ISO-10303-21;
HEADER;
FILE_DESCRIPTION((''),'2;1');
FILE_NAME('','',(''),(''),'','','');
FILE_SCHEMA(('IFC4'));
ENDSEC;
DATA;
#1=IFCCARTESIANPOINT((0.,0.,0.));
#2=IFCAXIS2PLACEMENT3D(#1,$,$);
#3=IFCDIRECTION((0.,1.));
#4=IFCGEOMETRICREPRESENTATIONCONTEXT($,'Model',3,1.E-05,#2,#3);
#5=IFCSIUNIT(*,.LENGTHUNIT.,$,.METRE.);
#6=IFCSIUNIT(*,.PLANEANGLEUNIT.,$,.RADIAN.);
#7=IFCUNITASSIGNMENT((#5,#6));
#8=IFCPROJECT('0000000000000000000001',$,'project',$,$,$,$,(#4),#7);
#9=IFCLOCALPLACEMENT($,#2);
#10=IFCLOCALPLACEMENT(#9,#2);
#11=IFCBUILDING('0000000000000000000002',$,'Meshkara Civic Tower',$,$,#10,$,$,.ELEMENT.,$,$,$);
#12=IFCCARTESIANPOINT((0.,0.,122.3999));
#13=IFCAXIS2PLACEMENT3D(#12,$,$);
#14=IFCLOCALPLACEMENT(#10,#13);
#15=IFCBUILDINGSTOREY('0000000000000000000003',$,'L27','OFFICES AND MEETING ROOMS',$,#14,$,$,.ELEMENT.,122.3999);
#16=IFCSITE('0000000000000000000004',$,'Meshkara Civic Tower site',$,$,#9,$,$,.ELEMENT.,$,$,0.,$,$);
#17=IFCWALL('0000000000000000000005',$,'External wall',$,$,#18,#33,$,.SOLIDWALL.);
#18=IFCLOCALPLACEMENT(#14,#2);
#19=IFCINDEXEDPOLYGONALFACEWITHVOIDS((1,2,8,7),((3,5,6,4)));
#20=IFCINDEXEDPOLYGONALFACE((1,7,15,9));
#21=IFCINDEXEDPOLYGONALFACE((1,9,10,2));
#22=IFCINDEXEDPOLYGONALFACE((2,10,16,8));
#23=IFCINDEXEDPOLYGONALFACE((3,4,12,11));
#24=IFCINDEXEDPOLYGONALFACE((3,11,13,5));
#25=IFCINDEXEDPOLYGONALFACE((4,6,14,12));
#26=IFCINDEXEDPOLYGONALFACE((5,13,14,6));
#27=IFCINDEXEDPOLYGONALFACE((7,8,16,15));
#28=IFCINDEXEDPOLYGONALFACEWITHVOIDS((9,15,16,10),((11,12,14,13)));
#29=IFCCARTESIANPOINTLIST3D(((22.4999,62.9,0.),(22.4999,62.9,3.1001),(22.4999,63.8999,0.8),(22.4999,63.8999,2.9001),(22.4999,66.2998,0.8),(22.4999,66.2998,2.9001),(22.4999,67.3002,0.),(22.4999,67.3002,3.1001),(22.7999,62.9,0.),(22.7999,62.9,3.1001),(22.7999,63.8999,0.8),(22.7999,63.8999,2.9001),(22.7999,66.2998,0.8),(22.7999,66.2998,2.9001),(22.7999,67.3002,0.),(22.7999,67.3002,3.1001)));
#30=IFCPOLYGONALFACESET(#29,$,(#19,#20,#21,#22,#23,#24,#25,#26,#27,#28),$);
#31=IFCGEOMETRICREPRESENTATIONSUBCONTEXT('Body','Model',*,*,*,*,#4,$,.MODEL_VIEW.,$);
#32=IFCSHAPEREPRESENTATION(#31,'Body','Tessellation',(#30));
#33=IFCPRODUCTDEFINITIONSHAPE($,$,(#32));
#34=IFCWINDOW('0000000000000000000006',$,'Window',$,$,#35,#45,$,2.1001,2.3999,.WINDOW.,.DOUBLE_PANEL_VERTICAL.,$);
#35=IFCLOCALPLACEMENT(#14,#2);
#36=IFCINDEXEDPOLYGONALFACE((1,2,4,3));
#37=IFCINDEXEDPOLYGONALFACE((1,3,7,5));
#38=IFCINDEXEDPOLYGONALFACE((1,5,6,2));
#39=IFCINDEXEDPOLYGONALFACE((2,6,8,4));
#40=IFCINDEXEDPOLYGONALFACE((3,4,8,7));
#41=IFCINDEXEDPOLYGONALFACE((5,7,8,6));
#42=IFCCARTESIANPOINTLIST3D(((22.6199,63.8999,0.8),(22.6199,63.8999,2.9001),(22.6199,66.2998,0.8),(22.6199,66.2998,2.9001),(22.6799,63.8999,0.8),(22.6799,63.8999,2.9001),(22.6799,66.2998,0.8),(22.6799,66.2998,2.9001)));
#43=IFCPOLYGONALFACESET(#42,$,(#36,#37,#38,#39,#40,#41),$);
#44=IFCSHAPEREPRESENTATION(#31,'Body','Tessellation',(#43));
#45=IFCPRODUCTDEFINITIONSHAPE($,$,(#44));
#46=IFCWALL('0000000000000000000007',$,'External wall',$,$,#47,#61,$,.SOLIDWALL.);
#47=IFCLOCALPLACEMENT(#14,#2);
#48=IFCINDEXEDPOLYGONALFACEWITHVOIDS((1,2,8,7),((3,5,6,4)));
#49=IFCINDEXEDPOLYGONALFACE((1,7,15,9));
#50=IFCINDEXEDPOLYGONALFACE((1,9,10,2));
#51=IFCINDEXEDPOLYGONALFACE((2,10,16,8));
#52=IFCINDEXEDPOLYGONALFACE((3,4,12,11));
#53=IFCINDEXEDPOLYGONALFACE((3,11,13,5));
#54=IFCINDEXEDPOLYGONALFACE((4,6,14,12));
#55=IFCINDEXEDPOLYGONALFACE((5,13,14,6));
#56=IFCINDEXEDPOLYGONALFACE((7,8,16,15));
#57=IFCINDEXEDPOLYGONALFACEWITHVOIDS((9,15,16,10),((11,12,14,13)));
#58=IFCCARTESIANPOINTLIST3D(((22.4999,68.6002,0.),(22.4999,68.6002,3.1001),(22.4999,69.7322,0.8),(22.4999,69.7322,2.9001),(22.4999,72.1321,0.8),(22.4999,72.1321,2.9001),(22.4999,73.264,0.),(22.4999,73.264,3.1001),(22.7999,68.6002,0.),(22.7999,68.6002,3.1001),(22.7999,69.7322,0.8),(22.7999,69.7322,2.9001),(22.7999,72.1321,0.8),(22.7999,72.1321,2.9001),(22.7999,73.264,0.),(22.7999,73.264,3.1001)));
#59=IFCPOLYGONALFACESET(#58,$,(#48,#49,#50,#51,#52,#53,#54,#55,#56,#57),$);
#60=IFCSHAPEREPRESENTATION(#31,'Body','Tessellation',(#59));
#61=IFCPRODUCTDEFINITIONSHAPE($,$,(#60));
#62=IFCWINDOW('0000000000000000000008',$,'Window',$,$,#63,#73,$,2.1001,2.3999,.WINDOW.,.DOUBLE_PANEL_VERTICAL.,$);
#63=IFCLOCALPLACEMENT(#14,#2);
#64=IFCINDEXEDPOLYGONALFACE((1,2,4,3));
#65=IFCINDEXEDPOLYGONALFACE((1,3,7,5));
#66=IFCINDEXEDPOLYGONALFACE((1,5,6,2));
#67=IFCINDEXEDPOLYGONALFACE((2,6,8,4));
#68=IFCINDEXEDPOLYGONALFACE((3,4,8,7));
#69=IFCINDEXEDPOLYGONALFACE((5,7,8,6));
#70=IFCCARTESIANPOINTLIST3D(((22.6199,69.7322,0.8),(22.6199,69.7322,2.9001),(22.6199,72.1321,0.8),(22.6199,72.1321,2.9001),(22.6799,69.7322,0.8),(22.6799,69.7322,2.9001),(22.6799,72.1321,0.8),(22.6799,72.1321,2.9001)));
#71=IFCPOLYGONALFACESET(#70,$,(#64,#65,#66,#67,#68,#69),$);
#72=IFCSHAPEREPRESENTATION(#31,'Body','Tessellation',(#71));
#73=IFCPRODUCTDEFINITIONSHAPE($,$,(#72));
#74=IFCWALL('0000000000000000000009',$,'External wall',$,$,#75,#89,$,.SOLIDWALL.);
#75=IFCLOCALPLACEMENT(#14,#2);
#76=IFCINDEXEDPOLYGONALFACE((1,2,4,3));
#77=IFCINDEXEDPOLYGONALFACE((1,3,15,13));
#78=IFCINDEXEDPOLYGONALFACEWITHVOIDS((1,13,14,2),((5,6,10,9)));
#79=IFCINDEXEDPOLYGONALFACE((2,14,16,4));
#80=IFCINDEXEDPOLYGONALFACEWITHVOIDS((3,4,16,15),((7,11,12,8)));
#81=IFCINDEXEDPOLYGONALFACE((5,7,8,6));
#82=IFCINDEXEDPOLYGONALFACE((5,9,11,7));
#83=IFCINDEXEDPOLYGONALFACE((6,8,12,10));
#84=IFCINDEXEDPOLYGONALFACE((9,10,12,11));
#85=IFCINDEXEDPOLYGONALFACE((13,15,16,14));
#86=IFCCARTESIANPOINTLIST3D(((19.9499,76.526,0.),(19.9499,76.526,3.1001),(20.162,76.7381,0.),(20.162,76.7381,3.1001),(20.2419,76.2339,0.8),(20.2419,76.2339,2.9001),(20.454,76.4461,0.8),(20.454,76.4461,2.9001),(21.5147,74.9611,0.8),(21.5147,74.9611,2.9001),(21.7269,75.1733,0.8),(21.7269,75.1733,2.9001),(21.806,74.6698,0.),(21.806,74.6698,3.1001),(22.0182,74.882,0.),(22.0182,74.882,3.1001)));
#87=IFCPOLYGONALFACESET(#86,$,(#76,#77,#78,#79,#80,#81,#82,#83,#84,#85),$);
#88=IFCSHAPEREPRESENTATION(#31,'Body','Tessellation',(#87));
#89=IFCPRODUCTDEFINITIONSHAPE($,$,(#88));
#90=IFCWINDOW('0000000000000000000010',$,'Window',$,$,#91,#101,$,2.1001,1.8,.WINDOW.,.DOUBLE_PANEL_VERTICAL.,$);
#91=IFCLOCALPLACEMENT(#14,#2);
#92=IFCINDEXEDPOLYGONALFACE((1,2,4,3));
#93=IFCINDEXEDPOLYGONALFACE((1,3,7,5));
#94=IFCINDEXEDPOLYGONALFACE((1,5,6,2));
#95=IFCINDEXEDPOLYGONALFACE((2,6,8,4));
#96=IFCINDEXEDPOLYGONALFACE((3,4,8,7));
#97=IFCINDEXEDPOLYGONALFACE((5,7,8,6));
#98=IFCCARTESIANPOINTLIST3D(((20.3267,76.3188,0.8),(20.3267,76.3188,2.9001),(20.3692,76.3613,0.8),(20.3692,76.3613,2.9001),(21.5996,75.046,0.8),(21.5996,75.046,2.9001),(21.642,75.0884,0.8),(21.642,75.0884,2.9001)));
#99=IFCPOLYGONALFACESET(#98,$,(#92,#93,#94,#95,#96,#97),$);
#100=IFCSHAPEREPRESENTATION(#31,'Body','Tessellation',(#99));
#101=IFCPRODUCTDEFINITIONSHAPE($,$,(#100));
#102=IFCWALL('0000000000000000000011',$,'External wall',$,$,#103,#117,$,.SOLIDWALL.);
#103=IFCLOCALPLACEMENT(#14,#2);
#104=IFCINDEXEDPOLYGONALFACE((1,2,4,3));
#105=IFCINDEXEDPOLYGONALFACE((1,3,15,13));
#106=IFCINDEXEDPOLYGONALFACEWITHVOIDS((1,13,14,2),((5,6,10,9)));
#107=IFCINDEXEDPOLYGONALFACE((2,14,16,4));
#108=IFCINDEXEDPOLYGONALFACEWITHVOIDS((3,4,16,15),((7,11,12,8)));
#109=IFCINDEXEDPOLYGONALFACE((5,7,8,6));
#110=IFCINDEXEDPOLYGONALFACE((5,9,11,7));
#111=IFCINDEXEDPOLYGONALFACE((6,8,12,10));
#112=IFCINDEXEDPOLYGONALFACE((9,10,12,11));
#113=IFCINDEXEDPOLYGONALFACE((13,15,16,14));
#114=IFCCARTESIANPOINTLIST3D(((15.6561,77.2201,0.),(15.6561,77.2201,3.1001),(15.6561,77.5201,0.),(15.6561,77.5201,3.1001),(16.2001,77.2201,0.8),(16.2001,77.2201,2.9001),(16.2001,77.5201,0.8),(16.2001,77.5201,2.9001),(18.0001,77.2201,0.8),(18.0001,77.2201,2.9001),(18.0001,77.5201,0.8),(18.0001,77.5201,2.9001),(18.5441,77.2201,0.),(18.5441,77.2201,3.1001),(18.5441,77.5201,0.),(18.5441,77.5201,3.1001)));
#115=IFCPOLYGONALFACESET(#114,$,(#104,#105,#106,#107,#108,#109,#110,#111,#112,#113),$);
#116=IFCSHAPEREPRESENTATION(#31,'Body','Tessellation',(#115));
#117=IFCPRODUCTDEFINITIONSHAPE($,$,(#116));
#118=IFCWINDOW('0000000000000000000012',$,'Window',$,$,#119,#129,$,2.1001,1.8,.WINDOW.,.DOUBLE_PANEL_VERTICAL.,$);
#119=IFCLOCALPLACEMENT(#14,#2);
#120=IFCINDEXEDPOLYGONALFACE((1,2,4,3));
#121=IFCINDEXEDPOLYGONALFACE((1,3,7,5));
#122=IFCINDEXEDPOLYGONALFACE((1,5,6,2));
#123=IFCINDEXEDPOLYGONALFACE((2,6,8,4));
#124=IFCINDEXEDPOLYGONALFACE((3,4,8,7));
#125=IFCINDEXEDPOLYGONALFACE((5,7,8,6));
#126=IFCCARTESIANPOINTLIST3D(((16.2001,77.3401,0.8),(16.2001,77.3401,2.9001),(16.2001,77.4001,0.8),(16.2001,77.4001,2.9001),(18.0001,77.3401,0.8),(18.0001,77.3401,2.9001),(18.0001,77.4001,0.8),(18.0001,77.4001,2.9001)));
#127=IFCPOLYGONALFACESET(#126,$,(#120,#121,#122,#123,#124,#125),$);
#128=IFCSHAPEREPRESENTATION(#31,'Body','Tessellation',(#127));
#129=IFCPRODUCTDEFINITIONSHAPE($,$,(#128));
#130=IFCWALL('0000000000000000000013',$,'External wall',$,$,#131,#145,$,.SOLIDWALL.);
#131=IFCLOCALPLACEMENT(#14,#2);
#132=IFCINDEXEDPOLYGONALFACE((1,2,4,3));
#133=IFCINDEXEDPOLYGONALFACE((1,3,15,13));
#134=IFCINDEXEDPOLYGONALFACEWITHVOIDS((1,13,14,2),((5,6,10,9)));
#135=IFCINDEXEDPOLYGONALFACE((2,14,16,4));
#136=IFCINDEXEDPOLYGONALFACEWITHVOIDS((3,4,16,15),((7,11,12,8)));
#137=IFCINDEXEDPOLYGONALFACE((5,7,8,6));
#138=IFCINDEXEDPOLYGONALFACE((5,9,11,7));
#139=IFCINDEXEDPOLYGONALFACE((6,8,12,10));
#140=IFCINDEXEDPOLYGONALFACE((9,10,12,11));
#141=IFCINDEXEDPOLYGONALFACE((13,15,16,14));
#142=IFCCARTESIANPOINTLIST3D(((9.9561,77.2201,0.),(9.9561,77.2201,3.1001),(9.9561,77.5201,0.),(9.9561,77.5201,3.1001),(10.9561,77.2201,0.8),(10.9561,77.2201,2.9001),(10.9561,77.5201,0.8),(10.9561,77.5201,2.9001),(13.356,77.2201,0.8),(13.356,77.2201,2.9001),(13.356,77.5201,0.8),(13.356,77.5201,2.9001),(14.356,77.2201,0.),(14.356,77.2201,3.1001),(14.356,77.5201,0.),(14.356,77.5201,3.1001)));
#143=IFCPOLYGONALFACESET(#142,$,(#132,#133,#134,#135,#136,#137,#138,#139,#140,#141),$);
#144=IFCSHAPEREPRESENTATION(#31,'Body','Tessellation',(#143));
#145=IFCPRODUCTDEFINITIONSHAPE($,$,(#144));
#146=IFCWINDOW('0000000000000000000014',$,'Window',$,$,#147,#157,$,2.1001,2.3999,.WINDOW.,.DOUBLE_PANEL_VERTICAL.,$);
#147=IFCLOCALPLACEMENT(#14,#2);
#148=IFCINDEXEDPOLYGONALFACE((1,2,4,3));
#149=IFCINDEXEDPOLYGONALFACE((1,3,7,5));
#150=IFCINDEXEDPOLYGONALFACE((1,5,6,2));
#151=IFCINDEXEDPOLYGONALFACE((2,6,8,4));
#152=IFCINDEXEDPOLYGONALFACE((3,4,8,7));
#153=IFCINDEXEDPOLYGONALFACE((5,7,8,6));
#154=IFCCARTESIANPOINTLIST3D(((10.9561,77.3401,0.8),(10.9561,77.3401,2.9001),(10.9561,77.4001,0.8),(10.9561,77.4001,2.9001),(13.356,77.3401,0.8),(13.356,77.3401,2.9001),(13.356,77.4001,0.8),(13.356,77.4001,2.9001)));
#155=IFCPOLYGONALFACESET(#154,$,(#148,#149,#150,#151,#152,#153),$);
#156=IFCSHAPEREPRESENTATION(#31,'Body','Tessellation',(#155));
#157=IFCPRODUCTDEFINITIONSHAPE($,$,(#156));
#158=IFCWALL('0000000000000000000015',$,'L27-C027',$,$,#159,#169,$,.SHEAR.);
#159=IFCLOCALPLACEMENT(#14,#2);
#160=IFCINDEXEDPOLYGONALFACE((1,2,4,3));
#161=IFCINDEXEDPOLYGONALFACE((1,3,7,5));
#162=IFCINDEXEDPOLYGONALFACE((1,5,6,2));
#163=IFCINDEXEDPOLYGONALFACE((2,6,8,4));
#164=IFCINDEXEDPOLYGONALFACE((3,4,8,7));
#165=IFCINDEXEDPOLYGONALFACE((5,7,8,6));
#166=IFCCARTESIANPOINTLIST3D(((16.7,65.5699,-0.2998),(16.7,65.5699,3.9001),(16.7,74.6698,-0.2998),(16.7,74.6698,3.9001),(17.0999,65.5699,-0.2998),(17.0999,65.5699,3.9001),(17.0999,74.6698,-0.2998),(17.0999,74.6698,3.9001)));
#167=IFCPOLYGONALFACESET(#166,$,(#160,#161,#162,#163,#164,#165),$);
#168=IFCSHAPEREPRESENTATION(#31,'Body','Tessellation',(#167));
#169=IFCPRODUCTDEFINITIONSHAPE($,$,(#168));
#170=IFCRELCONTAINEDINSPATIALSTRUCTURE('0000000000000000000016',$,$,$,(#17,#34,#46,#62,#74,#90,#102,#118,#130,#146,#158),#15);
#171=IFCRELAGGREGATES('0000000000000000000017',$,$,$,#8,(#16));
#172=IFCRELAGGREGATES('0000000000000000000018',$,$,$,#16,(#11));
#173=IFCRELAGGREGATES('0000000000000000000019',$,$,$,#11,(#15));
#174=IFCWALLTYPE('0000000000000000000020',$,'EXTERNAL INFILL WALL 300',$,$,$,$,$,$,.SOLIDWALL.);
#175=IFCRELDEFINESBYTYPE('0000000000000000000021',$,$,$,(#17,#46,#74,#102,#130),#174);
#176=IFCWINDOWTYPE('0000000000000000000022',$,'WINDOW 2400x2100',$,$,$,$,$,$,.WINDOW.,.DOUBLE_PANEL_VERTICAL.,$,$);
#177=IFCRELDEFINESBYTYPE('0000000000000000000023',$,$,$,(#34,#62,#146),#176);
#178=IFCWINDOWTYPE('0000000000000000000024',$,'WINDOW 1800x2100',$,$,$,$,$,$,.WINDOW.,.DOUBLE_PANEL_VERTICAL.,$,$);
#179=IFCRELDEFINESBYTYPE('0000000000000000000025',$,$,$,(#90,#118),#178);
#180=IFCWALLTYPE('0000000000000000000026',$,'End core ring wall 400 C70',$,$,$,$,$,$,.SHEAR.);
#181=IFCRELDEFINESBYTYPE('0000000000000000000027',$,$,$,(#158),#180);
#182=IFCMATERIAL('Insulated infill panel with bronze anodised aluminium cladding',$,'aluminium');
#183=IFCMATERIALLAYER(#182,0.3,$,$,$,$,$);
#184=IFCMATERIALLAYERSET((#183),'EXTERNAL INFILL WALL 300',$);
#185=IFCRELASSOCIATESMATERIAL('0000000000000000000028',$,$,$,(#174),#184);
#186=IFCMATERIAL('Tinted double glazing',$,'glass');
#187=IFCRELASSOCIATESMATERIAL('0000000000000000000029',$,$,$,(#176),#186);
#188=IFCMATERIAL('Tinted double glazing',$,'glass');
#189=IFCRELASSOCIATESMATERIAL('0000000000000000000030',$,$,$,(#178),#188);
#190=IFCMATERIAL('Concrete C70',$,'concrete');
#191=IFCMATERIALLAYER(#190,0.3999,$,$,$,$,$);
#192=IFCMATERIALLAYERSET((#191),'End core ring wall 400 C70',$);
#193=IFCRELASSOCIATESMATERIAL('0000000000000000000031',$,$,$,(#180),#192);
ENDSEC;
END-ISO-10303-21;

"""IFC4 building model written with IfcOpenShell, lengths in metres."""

from ifc_helpers import new_model, si_unit, direction, frame, frame_2d, origin, place, context, subcontext, project, spatial, rectangle, extrude, material, layer, layer_set, type_object, element, fill, save


model = new_model("IFC4")

# Units and contexts
model_context = context("Model", 3, precision=1e-05, world=origin(), true_north=direction((0.0, 1.0)))
body_context = subcontext(model_context, "Body", "Model", "MODEL_VIEW")
ifc_project = project(units=[si_unit("LENGTHUNIT", "METRE"), si_unit("PLANEANGLEUNIT", "RADIAN")], contexts=[model_context])

# Site, building, storey
site_placement = place(None, origin())
site = spatial("IfcSite", under=ifc_project, at=site_placement, Name="Meshkara Civic Tower site", CompositionType="ELEMENT", RefElevation=0.0)
building_placement = place(site_placement, origin())
building = spatial("IfcBuilding", under=site, at=building_placement, Name="Meshkara Civic Tower", CompositionType="ELEMENT")
storey_placement = place(building_placement, frame((0.0, 0.0, 122.3999)))
storey = spatial("IfcBuildingStorey", under=building, at=storey_placement, Name="L27", Description="OFFICES AND MEETING ROOMS", CompositionType="ELEMENT", Elevation=122.3999)

# Walls, openings, windows
ifc_material_1 = material(Name="Insulated infill panel with bronze anodised aluminium cladding", Category="aluminium")
ifc_layer_1 = layer(ifc_material_1, 0.3)
ifc_layer_set_1 = layer_set([ifc_layer_1], Name="EXTERNAL INFILL WALL 300")
wall_type_1 = type_object("IfcWallType", Name="EXTERNAL INFILL WALL 300", PredefinedType="SOLIDWALL", material=ifc_layer_set_1)
wall_1_placement = place(storey_placement, frame((22.6499, 62.8999, 0.0), z_axis=(0.0, 0.0, 1.0), x_axis=(0.0, 1.0, 0.0)))
wall_1 = element("IfcWall", 1, at=wall_1_placement, inside=storey, type_object=wall_type_1, Name="External wall", PredefinedType="SOLIDWALL", context=body_context, shape_type="SweptSolid", body=[
    extrude(rectangle(XDim=4.4001, YDim=0.3, at=frame_2d((2.2002, 0.0))), origin(), (0.0, 0.0, 1.0), 3.1001),
])
opening_1_placement = place(wall_1_placement, frame((1.0, 0.0, 0.8)))
opening_1 = element("IfcOpeningElement", 2, at=opening_1_placement, cuts=wall_1, PredefinedType="OPENING", context=body_context, shape_type="SweptSolid", body=[
    extrude(rectangle(XDim=2.3999, YDim=2.1001, at=frame_2d((1.2, 1.05))), frame((0.0, 0.1599, 0.0), z_axis=(0.0, -1.0, 0.0), x_axis=(1.0, 0.0, 0.0)), (0.0, 0.0, 1.0), 0.3201),
])
ifc_material_2 = material(Name="Tinted double glazing", Category="glass")
window_type_1 = type_object("IfcWindowType", Name="WINDOW 2400x2100", PartitioningType="DOUBLE_PANEL_VERTICAL", PredefinedType="WINDOW", material=ifc_material_2)
window_1_placement = place(opening_1_placement, origin())
window_1 = element("IfcWindow", 3, at=window_1_placement, inside=storey, type_object=window_type_1, Name="Window", OverallHeight=2.1001, OverallWidth=2.3999, PartitioningType="DOUBLE_PANEL_VERTICAL", PredefinedType="WINDOW", context=body_context, shape_type="SweptSolid", body=[
    extrude(rectangle(XDim=2.3999, YDim=2.1001, at=frame_2d((1.2, 1.05))), frame((0.0, 0.03, 0.0), z_axis=(0.0, -1.0, 0.0), x_axis=(1.0, 0.0, 0.0)), (0.0, 0.0, 1.0), 0.0601),
])
fill(opening_1, window_1)
wall_2_placement = place(storey_placement, frame((22.6499, 68.6001, 0.0), z_axis=(0.0, 0.0, 1.0), x_axis=(0.0, 1.0, 0.0)))
wall_2 = element("IfcWall", 4, at=wall_2_placement, inside=storey, type_object=wall_type_1, Name="External wall", PredefinedType="SOLIDWALL", context=body_context, shape_type="SweptSolid", body=[
    extrude(rectangle(XDim=4.6638, YDim=0.3, at=frame_2d((2.332, 0.0))), origin(), (0.0, 0.0, 1.0), 3.1001),
])
opening_2_placement = place(wall_2_placement, frame((1.1321, 0.0, 0.8)))
opening_2 = element("IfcOpeningElement", 5, at=opening_2_placement, cuts=wall_2, PredefinedType="OPENING", context=body_context, shape_type="SweptSolid", body=[
    extrude(rectangle(XDim=2.3999, YDim=2.1001, at=frame_2d((1.2, 1.05))), frame((0.0, 0.1599, 0.0), z_axis=(0.0, -1.0, 0.0), x_axis=(1.0, 0.0, 0.0)), (0.0, 0.0, 1.0), 0.3201),
])
window_2_placement = place(opening_2_placement, origin())
window_2 = element("IfcWindow", 6, at=window_2_placement, inside=storey, type_object=window_type_1, Name="Window", OverallHeight=2.1001, OverallWidth=2.3999, PartitioningType="DOUBLE_PANEL_VERTICAL", PredefinedType="WINDOW", context=body_context, shape_type="SweptSolid", body=[
    extrude(rectangle(XDim=2.3999, YDim=2.1001, at=frame_2d((1.2, 1.05))), frame((0.0, 0.03, 0.0), z_axis=(0.0, -1.0, 0.0), x_axis=(1.0, 0.0, 0.0)), (0.0, 0.0, 1.0), 0.0601),
])
fill(opening_2, window_2)
wall_3_placement = place(storey_placement, frame((21.9121, 74.7759, 0.0), z_axis=(0.0, 0.0, 1.0), x_axis=(-0.707107, 0.707107, 0.0)))
wall_3 = element("IfcWall", 7, at=wall_3_placement, inside=storey, type_object=wall_type_1, Name="External wall", PredefinedType="SOLIDWALL", context=body_context, shape_type="SweptSolid", body=[
    extrude(rectangle(XDim=2.625, YDim=0.3, at=frame_2d((1.3125, 0.0))), origin(), (0.0, 0.0, 1.0), 3.1001),
])
opening_3_placement = place(wall_3_placement, frame((0.4121, 0.0, 0.8)))
opening_3 = element("IfcOpeningElement", 8, at=opening_3_placement, cuts=wall_3, PredefinedType="OPENING", context=body_context, shape_type="SweptSolid", body=[
    extrude(rectangle(XDim=1.8, YDim=2.1001, at=frame_2d((0.8999, 1.05))), frame((0.0, 0.1599, 0.0), z_axis=(0.0, -1.0, 0.0), x_axis=(1.0, 0.0, 0.0)), (0.0, 0.0, 1.0), 0.3201),
])
ifc_material_3 = material(Name="Tinted double glazing", Category="glass")
window_type_2 = type_object("IfcWindowType", Name="WINDOW 1800x2100", PartitioningType="DOUBLE_PANEL_VERTICAL", PredefinedType="WINDOW", material=ifc_material_3)
window_3_placement = place(opening_3_placement, origin())
window_3 = element("IfcWindow", 9, at=window_3_placement, inside=storey, type_object=window_type_2, Name="Window", OverallHeight=2.1001, OverallWidth=1.8, PartitioningType="DOUBLE_PANEL_VERTICAL", PredefinedType="WINDOW", context=body_context, shape_type="SweptSolid", body=[
    extrude(rectangle(XDim=1.8, YDim=2.1001, at=frame_2d((0.8999, 1.05))), frame((0.0, 0.03, 0.0), z_axis=(0.0, -1.0, 0.0), x_axis=(1.0, 0.0, 0.0)), (0.0, 0.0, 1.0), 0.0601),
])
fill(opening_3, window_3)
wall_4_placement = place(storey_placement, frame((18.5439, 77.3701, 0.0), z_axis=(0.0, 0.0, 1.0), x_axis=(-1.0, 0.0, 0.0)))
wall_4 = element("IfcWall", 10, at=wall_4_placement, inside=storey, type_object=wall_type_1, Name="External wall", PredefinedType="SOLIDWALL", context=body_context, shape_type="SweptSolid", body=[
    extrude(rectangle(XDim=2.8879, YDim=0.3, at=frame_2d((1.4438, 0.0))), origin(), (0.0, 0.0, 1.0), 3.1001),
])
opening_4_placement = place(wall_4_placement, frame((0.5439, 0.0, 0.8)))
opening_4 = element("IfcOpeningElement", 11, at=opening_4_placement, cuts=wall_4, PredefinedType="OPENING", context=body_context, shape_type="SweptSolid", body=[
    extrude(rectangle(XDim=1.8, YDim=2.1001, at=frame_2d((0.8999, 1.05))), frame((0.0, 0.1599, 0.0), z_axis=(0.0, -1.0, 0.0), x_axis=(1.0, 0.0, 0.0)), (0.0, 0.0, 1.0), 0.3201),
])
window_4_placement = place(opening_4_placement, origin())
window_4 = element("IfcWindow", 12, at=window_4_placement, inside=storey, type_object=window_type_2, Name="Window", OverallHeight=2.1001, OverallWidth=1.8, PartitioningType="DOUBLE_PANEL_VERTICAL", PredefinedType="WINDOW", context=body_context, shape_type="SweptSolid", body=[
    extrude(rectangle(XDim=1.8, YDim=2.1001, at=frame_2d((0.8999, 1.05))), frame((0.0, 0.03, 0.0), z_axis=(0.0, -1.0, 0.0), x_axis=(1.0, 0.0, 0.0)), (0.0, 0.0, 1.0), 0.0601),
])
fill(opening_4, window_4)
wall_5_placement = place(storey_placement, frame((14.356, 77.3701, 0.0), z_axis=(0.0, 0.0, 1.0), x_axis=(-1.0, 0.0, 0.0)))
wall_5 = element("IfcWall", 13, at=wall_5_placement, inside=storey, type_object=wall_type_1, Name="External wall", PredefinedType="SOLIDWALL", context=body_context, shape_type="SweptSolid", body=[
    extrude(rectangle(XDim=4.3999, YDim=0.3, at=frame_2d((2.2, 0.0))), origin(), (0.0, 0.0, 1.0), 3.1001),
])
opening_5_placement = place(wall_5_placement, frame((1.0, 0.0, 0.8)))
opening_5 = element("IfcOpeningElement", 14, at=opening_5_placement, cuts=wall_5, PredefinedType="OPENING", context=body_context, shape_type="SweptSolid", body=[
    extrude(rectangle(XDim=2.3999, YDim=2.1001, at=frame_2d((1.2, 1.05))), frame((0.0, 0.1599, 0.0), z_axis=(0.0, -1.0, 0.0), x_axis=(1.0, 0.0, 0.0)), (0.0, 0.0, 1.0), 0.3201),
])
window_5_placement = place(opening_5_placement, origin())
window_5 = element("IfcWindow", 15, at=window_5_placement, inside=storey, type_object=window_type_1, Name="Window", OverallHeight=2.1001, OverallWidth=2.3999, PartitioningType="DOUBLE_PANEL_VERTICAL", PredefinedType="WINDOW", context=body_context, shape_type="SweptSolid", body=[
    extrude(rectangle(XDim=2.3999, YDim=2.1001, at=frame_2d((1.2, 1.05))), frame((0.0, 0.03, 0.0), z_axis=(0.0, -1.0, 0.0), x_axis=(1.0, 0.0, 0.0)), (0.0, 0.0, 1.0), 0.0601),
])
fill(opening_5, window_5)

# Wall
ifc_material_4 = material(Name="Concrete C70", Category="concrete")
ifc_layer_2 = layer(ifc_material_4, 0.3999)
ifc_layer_set_2 = layer_set([ifc_layer_2], Name="End core ring wall 400 C70")
wall_type_2 = type_object("IfcWallType", Name="End core ring wall 400 C70", PredefinedType="SHEAR", material=ifc_layer_set_2)
wall_6_placement = place(storey_placement, frame((16.8999, 65.5701, -0.2998), z_axis=(0.0, 0.0, 1.0), x_axis=(0.0, 1.0, 0.0)))
element("IfcWall", 16, at=wall_6_placement, inside=storey, type_object=wall_type_2, Name="L27-C027", PredefinedType="SHEAR", context=body_context, shape_type="SweptSolid", body=[
    extrude(rectangle(XDim=9.0999, YDim=0.3999, at=frame_2d((4.5498, 0.0))), origin(), (0.0, 0.0, 1.0), 4.2),
])

save(model, "model.ifc")
